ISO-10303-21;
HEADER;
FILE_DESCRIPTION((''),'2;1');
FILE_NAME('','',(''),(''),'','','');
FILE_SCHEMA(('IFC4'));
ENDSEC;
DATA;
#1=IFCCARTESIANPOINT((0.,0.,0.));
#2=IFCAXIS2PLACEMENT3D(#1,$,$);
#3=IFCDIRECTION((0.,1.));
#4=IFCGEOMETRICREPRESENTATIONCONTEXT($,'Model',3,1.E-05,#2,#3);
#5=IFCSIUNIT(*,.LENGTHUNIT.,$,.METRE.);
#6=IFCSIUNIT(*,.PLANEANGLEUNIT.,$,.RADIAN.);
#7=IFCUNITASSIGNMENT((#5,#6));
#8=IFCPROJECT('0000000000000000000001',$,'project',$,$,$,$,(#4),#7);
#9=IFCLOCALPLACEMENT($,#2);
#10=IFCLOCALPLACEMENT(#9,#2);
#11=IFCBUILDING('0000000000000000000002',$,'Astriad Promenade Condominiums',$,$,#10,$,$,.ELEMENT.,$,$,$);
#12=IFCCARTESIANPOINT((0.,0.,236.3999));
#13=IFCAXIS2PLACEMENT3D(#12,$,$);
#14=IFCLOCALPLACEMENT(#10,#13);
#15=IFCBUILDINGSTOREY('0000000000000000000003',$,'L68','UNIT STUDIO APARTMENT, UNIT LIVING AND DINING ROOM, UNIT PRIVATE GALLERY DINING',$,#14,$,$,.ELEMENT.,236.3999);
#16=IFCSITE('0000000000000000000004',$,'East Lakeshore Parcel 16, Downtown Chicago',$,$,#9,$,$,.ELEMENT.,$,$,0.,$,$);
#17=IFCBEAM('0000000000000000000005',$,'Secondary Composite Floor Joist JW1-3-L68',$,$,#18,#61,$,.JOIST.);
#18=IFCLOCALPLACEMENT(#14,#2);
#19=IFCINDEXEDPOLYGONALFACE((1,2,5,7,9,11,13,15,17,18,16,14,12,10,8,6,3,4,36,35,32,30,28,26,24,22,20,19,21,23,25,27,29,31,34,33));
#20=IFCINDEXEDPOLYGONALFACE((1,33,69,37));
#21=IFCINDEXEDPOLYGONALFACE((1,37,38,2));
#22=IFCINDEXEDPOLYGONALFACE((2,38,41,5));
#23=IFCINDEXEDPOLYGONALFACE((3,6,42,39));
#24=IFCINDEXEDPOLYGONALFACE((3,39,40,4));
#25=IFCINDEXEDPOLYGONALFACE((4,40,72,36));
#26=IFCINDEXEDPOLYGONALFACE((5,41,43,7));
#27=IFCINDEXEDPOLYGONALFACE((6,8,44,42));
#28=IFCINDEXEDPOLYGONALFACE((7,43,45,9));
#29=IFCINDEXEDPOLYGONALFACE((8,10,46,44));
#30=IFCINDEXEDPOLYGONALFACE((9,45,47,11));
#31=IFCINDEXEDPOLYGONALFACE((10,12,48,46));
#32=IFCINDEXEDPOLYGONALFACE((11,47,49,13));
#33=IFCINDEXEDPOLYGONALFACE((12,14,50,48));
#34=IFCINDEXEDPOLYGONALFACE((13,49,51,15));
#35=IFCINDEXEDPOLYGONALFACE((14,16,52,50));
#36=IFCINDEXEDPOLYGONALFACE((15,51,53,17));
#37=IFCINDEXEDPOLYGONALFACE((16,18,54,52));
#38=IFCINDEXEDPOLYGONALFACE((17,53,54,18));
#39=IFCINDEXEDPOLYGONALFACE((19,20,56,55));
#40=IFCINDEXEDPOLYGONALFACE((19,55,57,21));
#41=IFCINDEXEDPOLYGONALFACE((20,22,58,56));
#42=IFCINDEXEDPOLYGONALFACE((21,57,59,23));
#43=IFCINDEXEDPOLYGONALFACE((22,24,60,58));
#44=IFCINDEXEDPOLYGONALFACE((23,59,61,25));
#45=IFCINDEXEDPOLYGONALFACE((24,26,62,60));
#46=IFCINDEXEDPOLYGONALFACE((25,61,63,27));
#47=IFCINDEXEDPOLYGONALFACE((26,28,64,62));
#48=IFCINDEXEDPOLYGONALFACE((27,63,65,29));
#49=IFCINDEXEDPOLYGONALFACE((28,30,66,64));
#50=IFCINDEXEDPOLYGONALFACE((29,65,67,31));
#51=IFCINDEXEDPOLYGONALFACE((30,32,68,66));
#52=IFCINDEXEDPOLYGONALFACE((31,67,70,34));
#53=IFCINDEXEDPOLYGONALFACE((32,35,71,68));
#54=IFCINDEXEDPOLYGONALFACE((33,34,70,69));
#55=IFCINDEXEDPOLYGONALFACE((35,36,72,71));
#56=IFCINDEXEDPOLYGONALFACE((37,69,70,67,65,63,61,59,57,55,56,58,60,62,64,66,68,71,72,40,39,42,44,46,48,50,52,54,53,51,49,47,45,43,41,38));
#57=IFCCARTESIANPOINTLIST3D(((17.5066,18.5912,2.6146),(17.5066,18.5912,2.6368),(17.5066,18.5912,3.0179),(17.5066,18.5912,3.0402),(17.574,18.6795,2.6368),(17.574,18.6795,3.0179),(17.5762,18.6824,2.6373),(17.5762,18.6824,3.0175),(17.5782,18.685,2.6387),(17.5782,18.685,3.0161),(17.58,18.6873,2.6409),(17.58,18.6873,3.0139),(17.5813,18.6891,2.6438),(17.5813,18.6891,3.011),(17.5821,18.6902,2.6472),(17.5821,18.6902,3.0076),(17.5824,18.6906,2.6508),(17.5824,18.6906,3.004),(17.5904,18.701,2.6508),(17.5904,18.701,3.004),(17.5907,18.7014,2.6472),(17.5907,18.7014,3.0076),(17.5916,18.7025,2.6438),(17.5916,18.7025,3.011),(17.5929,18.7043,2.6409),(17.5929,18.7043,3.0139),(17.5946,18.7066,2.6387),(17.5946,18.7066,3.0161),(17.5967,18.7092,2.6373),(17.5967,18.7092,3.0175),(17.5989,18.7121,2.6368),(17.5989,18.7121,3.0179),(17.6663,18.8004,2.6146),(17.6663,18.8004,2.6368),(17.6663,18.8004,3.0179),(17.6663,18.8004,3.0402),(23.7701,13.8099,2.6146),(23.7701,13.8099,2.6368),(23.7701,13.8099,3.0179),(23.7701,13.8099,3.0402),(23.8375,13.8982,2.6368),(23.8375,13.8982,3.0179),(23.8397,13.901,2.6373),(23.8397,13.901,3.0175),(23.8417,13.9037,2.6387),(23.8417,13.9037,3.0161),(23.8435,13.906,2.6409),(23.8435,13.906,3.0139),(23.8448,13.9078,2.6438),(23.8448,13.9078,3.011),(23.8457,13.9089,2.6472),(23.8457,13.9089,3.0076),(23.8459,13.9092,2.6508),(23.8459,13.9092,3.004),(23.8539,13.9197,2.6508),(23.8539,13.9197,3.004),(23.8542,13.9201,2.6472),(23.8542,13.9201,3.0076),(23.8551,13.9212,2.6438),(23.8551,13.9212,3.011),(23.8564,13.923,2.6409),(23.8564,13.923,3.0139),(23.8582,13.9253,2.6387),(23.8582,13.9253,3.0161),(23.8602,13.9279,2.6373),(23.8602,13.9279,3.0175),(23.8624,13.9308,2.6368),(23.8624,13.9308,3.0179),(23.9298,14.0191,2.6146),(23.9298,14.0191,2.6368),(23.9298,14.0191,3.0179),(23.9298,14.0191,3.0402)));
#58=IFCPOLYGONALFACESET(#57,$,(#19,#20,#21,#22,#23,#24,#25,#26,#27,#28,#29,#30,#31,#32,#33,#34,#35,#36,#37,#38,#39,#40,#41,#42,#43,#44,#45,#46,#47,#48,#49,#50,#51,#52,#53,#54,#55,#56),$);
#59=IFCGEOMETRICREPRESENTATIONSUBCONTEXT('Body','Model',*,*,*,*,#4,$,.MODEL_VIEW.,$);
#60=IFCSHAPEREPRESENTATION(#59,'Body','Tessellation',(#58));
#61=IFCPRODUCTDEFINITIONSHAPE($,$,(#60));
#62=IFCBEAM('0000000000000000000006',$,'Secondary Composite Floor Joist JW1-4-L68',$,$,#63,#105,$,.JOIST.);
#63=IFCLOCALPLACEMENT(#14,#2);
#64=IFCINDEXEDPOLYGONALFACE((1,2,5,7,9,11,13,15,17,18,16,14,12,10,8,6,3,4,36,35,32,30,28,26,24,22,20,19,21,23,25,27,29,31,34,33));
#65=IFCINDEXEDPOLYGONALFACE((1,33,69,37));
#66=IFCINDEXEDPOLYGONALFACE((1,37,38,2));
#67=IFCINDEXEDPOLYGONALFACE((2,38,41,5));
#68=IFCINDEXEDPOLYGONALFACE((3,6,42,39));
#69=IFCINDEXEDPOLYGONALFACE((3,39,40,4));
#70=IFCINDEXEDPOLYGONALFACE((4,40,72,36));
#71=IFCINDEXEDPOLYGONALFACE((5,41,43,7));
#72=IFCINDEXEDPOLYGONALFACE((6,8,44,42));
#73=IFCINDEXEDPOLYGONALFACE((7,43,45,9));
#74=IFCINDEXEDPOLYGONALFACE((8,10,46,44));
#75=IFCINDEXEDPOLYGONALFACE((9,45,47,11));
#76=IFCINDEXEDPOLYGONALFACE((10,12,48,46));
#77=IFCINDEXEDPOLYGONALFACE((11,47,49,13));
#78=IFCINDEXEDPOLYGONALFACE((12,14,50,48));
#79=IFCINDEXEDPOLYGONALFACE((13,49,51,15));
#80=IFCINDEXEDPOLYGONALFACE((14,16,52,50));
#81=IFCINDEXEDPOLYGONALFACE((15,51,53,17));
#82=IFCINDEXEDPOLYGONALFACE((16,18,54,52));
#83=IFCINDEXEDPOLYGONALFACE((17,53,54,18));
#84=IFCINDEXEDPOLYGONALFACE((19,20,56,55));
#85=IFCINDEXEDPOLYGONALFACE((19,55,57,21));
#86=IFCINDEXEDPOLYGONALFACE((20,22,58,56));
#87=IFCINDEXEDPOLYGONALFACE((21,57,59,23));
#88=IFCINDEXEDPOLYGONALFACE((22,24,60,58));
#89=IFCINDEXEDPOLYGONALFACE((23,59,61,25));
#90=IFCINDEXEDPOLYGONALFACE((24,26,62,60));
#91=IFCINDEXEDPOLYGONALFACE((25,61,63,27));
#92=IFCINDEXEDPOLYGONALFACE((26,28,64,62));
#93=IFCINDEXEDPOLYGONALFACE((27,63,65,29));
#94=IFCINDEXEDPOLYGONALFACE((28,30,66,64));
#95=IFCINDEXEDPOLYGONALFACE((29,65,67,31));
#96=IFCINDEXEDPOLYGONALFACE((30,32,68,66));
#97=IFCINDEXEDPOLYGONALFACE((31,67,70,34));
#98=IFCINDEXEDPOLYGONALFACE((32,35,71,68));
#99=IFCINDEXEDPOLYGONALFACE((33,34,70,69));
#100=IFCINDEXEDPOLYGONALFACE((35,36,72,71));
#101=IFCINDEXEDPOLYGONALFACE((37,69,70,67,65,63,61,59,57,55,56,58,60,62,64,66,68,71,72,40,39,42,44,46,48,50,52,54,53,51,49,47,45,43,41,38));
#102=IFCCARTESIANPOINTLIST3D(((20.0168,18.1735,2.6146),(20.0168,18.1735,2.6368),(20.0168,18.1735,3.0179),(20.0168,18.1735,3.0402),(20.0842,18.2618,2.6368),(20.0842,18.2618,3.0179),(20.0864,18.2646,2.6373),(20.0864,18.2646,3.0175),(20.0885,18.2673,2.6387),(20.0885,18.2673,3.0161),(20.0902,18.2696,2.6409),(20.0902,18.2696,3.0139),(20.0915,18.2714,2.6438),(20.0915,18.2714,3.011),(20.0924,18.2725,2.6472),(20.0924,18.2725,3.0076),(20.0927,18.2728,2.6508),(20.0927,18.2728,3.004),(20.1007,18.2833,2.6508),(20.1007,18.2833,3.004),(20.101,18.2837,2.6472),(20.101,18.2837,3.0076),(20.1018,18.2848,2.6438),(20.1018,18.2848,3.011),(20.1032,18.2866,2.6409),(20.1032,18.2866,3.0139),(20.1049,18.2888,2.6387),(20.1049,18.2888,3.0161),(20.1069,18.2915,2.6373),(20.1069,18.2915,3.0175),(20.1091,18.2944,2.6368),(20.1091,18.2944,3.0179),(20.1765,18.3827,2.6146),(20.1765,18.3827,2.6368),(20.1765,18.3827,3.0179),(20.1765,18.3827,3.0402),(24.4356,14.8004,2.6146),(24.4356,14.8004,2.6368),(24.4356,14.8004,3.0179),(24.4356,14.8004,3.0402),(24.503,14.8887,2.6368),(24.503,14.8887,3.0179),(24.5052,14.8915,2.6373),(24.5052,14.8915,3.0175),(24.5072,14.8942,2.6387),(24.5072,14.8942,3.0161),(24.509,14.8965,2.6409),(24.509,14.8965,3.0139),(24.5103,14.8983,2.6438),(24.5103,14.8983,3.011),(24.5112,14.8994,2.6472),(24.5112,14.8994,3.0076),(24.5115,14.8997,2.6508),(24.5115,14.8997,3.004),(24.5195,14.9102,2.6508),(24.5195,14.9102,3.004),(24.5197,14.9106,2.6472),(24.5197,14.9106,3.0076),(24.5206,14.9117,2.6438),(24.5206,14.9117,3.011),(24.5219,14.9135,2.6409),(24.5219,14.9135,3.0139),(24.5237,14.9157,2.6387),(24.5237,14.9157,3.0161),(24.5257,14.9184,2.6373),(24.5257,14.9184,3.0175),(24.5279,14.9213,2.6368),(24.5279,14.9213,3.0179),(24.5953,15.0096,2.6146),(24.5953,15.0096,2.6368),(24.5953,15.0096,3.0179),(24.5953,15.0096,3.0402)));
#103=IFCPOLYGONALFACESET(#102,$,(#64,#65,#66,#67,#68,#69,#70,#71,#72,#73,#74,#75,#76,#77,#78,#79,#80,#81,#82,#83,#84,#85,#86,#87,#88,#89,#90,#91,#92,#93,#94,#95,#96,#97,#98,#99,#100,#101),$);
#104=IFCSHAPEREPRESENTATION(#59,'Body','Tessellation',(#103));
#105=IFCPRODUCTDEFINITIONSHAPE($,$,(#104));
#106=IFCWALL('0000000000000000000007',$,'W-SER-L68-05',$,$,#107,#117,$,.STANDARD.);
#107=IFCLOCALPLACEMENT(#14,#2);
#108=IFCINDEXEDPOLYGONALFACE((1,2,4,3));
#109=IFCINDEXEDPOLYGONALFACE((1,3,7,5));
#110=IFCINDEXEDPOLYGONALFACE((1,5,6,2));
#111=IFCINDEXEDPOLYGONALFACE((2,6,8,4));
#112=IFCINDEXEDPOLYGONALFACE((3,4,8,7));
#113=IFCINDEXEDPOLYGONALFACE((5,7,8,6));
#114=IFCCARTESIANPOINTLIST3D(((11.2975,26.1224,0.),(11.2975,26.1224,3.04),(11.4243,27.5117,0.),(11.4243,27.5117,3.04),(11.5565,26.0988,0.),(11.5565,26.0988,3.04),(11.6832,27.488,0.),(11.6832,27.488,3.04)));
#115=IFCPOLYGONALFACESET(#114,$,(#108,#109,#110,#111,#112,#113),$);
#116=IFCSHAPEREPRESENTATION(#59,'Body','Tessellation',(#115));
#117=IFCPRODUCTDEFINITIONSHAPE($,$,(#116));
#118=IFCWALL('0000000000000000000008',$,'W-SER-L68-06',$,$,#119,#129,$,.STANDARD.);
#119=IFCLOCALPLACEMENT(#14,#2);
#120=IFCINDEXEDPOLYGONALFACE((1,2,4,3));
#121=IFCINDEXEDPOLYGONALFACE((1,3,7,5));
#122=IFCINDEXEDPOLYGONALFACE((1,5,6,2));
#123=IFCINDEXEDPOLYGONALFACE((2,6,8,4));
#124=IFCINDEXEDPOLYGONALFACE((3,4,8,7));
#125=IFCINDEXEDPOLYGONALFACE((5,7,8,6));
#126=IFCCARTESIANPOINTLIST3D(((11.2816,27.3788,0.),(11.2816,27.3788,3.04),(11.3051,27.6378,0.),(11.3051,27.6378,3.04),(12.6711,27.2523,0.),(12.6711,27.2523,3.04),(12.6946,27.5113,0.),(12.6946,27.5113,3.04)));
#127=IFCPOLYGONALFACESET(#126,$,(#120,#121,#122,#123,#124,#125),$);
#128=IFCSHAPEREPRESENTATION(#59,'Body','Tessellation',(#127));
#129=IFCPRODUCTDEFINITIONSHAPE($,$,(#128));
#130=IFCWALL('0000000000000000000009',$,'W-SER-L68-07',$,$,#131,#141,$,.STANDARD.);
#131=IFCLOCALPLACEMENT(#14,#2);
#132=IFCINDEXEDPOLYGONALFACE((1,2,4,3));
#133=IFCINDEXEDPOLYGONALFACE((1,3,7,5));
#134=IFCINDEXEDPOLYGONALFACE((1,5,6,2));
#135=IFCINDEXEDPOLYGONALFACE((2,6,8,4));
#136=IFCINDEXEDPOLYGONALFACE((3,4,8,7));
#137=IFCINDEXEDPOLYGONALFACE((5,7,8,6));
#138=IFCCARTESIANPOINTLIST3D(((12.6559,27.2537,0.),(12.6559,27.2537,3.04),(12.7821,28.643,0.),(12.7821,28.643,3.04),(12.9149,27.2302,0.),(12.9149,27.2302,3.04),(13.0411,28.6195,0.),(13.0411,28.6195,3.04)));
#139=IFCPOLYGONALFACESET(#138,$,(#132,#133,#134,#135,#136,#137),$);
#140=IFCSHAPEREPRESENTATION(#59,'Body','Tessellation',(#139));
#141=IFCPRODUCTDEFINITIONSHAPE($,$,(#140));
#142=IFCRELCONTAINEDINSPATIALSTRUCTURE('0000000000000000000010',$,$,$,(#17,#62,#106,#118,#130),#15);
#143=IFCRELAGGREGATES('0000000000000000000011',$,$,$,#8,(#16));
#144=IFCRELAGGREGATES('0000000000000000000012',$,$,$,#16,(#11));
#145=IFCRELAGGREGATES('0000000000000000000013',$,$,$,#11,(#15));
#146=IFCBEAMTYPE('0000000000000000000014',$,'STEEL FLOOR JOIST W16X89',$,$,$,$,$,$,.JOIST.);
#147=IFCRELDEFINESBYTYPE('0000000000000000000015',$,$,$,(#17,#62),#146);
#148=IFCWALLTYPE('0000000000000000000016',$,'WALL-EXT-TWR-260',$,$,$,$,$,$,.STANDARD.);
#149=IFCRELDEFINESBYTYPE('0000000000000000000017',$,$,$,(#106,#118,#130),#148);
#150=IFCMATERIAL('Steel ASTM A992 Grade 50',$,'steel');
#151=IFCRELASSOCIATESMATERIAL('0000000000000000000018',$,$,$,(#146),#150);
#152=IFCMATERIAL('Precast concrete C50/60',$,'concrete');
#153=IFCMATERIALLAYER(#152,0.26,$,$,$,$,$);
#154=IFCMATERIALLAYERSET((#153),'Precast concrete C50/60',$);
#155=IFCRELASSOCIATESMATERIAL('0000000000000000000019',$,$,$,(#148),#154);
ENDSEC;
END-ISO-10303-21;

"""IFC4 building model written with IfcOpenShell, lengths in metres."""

from ifc_helpers import new_model, si_unit, direction, frame, frame_2d, origin, origin_2d, place, context, subcontext, project, spatial, rectangle, i_section, extrude, source, transform, mapped, material, layer, layer_set, material_profile, profile_set, type_object, element, save


model = new_model("IFC4")

# Units and contexts
model_context = context("Model", 3, precision=1e-05, world=origin(), true_north=direction((0.0, 1.0)))
body_context = subcontext(model_context, "Body", "Model", "MODEL_VIEW")
ifc_project = project(units=[si_unit("LENGTHUNIT", "METRE"), si_unit("PLANEANGLEUNIT", "RADIAN")], contexts=[model_context])

# Site, building, storey
site_placement = place(None, origin())
site = spatial("IfcSite", under=ifc_project, at=site_placement, Name="East Lakeshore Parcel 16, Downtown Chicago", CompositionType="ELEMENT", RefElevation=0.0)
building_placement = place(site_placement, origin())
building = spatial("IfcBuilding", under=site, at=building_placement, Name="Astriad Promenade Condominiums", CompositionType="ELEMENT")
storey_placement = place(building_placement, frame((0.0, 0.0, 236.3999)))
storey = spatial("IfcBuildingStorey", under=building, at=storey_placement, Name="L68", Description="UNIT STUDIO APARTMENT, UNIT LIVING AND DINING ROOM, UNIT PRIVATE GALLERY DINING", CompositionType="ELEMENT", Elevation=236.3999)

# Beams
ifc_material_1 = material(Name="Steel ASTM A992 Grade 50", Category="steel")
ifc_material_profile_1 = material_profile(ifc_material_1, i_section(OverallWidth=0.2632, OverallDepth=0.4255, WebThickness=0.0132, FlangeThickness=0.0222, FilletRadius=0.0139, at=origin_2d()), Name="W16X89")
ifc_profile_set_1 = profile_set([ifc_material_profile_1], Name="Steel ASTM A992 Grade 50")
beam_type_1 = type_object("IfcBeamType", Name="STEEL FLOOR JOIST W16X89", PredefinedType="JOIST", material=ifc_profile_set_1)
shared_shape_1 = source(origin(), body_context, "Body", "SweptSolid", [
    extrude(i_section(OverallWidth=0.2632, OverallDepth=0.4255, WebThickness=0.0132, FlangeThickness=0.0222, FilletRadius=0.0139, at=origin_2d()), origin(), (0.0, 0.0, 1.0), 7.8799),
])
beam_1_placement = place(storey_placement, frame((17.5864, 18.6958, 2.8274), z_axis=(0.794874, -0.606775, 0.0), x_axis=(0.606775, 0.794874, 0.0)))
element("IfcBeam", 1, at=beam_1_placement, inside=storey, type_object=beam_type_1, Name="Secondary Composite Floor Joist JW1-3-L68", PredefinedType="JOIST", context=body_context, shape_type="MappedRepresentation", body=[
    mapped(shared_shape_1, transform((0.0, 0.0, 0.0), scale=1.0)),
])
shared_shape_2 = source(origin(), body_context, "Body", "SweptSolid", [
    extrude(i_section(OverallWidth=0.2632, OverallDepth=0.4255, WebThickness=0.0132, FlangeThickness=0.0222, FilletRadius=0.0139, at=origin_2d()), origin(), (0.0, 0.0, 1.0), 5.5591),
])
beam_2_placement = place(storey_placement, frame((20.0967, 18.2781, 2.8274), z_axis=(0.794875, -0.606773, 0.0), x_axis=(0.606773, 0.794875, 0.0)))
element("IfcBeam", 2, at=beam_2_placement, inside=storey, type_object=beam_type_1, Name="Secondary Composite Floor Joist JW1-4-L68", PredefinedType="JOIST", context=body_context, shape_type="MappedRepresentation", body=[
    mapped(shared_shape_2, transform((0.0, 0.0, 0.0), scale=1.0)),
])

# Walls
ifc_material_2 = material(Name="Precast concrete C50/60", Category="concrete")
ifc_layer_1 = layer(ifc_material_2, 0.26)
ifc_layer_set_1 = layer_set([ifc_layer_1], Name="Precast concrete C50/60")
wall_type_1 = type_object("IfcWallType", Name="WALL-EXT-TWR-260", PredefinedType="STANDARD", material=ifc_layer_set_1)
wall_1_placement = place(storey_placement, frame((11.427, 26.1106, 0.0), z_axis=(0.0, 0.0, 1.0), x_axis=(0.090836, 0.995866, 0.0)))
element("IfcWall", 3, at=wall_1_placement, inside=storey, type_object=wall_type_1, Name="W-SER-L68-05", PredefinedType="STANDARD", context=body_context, shape_type="SweptSolid", body=[
    extrude(rectangle(XDim=1.395, YDim=0.26, at=frame_2d((0.6975, 0.0))), origin(), (0.0, 0.0, 1.0), 3.04),
])
wall_2_placement = place(storey_placement, frame((11.2932, 27.5083, 0.0), z_axis=(0.0, 0.0, 1.0), x_axis=(0.995883, -0.090646, 0.0)))
element("IfcWall", 4, at=wall_2_placement, inside=storey, type_object=wall_type_1, Name="W-SER-L68-06", PredefinedType="STANDARD", context=body_context, shape_type="SweptSolid", body=[
    extrude(rectangle(XDim=1.3953, YDim=0.26, at=frame_2d((0.6978, 0.0))), origin(), (0.0, 0.0, 1.0), 3.04),
])
wall_3_placement = place(storey_placement, frame((12.7854, 27.2419, 0.0), z_axis=(0.0, 0.0, 1.0), x_axis=(0.090473, 0.995899, 0.0)))
element("IfcWall", 5, at=wall_3_placement, inside=storey, type_object=wall_type_1, Name="W-SER-L68-07", PredefinedType="STANDARD", context=body_context, shape_type="SweptSolid", body=[
    extrude(rectangle(XDim=1.395, YDim=0.26, at=frame_2d((0.6975, 0.0))), origin(), (0.0, 0.0, 1.0), 3.04),
])

save(model, "model.ifc")
